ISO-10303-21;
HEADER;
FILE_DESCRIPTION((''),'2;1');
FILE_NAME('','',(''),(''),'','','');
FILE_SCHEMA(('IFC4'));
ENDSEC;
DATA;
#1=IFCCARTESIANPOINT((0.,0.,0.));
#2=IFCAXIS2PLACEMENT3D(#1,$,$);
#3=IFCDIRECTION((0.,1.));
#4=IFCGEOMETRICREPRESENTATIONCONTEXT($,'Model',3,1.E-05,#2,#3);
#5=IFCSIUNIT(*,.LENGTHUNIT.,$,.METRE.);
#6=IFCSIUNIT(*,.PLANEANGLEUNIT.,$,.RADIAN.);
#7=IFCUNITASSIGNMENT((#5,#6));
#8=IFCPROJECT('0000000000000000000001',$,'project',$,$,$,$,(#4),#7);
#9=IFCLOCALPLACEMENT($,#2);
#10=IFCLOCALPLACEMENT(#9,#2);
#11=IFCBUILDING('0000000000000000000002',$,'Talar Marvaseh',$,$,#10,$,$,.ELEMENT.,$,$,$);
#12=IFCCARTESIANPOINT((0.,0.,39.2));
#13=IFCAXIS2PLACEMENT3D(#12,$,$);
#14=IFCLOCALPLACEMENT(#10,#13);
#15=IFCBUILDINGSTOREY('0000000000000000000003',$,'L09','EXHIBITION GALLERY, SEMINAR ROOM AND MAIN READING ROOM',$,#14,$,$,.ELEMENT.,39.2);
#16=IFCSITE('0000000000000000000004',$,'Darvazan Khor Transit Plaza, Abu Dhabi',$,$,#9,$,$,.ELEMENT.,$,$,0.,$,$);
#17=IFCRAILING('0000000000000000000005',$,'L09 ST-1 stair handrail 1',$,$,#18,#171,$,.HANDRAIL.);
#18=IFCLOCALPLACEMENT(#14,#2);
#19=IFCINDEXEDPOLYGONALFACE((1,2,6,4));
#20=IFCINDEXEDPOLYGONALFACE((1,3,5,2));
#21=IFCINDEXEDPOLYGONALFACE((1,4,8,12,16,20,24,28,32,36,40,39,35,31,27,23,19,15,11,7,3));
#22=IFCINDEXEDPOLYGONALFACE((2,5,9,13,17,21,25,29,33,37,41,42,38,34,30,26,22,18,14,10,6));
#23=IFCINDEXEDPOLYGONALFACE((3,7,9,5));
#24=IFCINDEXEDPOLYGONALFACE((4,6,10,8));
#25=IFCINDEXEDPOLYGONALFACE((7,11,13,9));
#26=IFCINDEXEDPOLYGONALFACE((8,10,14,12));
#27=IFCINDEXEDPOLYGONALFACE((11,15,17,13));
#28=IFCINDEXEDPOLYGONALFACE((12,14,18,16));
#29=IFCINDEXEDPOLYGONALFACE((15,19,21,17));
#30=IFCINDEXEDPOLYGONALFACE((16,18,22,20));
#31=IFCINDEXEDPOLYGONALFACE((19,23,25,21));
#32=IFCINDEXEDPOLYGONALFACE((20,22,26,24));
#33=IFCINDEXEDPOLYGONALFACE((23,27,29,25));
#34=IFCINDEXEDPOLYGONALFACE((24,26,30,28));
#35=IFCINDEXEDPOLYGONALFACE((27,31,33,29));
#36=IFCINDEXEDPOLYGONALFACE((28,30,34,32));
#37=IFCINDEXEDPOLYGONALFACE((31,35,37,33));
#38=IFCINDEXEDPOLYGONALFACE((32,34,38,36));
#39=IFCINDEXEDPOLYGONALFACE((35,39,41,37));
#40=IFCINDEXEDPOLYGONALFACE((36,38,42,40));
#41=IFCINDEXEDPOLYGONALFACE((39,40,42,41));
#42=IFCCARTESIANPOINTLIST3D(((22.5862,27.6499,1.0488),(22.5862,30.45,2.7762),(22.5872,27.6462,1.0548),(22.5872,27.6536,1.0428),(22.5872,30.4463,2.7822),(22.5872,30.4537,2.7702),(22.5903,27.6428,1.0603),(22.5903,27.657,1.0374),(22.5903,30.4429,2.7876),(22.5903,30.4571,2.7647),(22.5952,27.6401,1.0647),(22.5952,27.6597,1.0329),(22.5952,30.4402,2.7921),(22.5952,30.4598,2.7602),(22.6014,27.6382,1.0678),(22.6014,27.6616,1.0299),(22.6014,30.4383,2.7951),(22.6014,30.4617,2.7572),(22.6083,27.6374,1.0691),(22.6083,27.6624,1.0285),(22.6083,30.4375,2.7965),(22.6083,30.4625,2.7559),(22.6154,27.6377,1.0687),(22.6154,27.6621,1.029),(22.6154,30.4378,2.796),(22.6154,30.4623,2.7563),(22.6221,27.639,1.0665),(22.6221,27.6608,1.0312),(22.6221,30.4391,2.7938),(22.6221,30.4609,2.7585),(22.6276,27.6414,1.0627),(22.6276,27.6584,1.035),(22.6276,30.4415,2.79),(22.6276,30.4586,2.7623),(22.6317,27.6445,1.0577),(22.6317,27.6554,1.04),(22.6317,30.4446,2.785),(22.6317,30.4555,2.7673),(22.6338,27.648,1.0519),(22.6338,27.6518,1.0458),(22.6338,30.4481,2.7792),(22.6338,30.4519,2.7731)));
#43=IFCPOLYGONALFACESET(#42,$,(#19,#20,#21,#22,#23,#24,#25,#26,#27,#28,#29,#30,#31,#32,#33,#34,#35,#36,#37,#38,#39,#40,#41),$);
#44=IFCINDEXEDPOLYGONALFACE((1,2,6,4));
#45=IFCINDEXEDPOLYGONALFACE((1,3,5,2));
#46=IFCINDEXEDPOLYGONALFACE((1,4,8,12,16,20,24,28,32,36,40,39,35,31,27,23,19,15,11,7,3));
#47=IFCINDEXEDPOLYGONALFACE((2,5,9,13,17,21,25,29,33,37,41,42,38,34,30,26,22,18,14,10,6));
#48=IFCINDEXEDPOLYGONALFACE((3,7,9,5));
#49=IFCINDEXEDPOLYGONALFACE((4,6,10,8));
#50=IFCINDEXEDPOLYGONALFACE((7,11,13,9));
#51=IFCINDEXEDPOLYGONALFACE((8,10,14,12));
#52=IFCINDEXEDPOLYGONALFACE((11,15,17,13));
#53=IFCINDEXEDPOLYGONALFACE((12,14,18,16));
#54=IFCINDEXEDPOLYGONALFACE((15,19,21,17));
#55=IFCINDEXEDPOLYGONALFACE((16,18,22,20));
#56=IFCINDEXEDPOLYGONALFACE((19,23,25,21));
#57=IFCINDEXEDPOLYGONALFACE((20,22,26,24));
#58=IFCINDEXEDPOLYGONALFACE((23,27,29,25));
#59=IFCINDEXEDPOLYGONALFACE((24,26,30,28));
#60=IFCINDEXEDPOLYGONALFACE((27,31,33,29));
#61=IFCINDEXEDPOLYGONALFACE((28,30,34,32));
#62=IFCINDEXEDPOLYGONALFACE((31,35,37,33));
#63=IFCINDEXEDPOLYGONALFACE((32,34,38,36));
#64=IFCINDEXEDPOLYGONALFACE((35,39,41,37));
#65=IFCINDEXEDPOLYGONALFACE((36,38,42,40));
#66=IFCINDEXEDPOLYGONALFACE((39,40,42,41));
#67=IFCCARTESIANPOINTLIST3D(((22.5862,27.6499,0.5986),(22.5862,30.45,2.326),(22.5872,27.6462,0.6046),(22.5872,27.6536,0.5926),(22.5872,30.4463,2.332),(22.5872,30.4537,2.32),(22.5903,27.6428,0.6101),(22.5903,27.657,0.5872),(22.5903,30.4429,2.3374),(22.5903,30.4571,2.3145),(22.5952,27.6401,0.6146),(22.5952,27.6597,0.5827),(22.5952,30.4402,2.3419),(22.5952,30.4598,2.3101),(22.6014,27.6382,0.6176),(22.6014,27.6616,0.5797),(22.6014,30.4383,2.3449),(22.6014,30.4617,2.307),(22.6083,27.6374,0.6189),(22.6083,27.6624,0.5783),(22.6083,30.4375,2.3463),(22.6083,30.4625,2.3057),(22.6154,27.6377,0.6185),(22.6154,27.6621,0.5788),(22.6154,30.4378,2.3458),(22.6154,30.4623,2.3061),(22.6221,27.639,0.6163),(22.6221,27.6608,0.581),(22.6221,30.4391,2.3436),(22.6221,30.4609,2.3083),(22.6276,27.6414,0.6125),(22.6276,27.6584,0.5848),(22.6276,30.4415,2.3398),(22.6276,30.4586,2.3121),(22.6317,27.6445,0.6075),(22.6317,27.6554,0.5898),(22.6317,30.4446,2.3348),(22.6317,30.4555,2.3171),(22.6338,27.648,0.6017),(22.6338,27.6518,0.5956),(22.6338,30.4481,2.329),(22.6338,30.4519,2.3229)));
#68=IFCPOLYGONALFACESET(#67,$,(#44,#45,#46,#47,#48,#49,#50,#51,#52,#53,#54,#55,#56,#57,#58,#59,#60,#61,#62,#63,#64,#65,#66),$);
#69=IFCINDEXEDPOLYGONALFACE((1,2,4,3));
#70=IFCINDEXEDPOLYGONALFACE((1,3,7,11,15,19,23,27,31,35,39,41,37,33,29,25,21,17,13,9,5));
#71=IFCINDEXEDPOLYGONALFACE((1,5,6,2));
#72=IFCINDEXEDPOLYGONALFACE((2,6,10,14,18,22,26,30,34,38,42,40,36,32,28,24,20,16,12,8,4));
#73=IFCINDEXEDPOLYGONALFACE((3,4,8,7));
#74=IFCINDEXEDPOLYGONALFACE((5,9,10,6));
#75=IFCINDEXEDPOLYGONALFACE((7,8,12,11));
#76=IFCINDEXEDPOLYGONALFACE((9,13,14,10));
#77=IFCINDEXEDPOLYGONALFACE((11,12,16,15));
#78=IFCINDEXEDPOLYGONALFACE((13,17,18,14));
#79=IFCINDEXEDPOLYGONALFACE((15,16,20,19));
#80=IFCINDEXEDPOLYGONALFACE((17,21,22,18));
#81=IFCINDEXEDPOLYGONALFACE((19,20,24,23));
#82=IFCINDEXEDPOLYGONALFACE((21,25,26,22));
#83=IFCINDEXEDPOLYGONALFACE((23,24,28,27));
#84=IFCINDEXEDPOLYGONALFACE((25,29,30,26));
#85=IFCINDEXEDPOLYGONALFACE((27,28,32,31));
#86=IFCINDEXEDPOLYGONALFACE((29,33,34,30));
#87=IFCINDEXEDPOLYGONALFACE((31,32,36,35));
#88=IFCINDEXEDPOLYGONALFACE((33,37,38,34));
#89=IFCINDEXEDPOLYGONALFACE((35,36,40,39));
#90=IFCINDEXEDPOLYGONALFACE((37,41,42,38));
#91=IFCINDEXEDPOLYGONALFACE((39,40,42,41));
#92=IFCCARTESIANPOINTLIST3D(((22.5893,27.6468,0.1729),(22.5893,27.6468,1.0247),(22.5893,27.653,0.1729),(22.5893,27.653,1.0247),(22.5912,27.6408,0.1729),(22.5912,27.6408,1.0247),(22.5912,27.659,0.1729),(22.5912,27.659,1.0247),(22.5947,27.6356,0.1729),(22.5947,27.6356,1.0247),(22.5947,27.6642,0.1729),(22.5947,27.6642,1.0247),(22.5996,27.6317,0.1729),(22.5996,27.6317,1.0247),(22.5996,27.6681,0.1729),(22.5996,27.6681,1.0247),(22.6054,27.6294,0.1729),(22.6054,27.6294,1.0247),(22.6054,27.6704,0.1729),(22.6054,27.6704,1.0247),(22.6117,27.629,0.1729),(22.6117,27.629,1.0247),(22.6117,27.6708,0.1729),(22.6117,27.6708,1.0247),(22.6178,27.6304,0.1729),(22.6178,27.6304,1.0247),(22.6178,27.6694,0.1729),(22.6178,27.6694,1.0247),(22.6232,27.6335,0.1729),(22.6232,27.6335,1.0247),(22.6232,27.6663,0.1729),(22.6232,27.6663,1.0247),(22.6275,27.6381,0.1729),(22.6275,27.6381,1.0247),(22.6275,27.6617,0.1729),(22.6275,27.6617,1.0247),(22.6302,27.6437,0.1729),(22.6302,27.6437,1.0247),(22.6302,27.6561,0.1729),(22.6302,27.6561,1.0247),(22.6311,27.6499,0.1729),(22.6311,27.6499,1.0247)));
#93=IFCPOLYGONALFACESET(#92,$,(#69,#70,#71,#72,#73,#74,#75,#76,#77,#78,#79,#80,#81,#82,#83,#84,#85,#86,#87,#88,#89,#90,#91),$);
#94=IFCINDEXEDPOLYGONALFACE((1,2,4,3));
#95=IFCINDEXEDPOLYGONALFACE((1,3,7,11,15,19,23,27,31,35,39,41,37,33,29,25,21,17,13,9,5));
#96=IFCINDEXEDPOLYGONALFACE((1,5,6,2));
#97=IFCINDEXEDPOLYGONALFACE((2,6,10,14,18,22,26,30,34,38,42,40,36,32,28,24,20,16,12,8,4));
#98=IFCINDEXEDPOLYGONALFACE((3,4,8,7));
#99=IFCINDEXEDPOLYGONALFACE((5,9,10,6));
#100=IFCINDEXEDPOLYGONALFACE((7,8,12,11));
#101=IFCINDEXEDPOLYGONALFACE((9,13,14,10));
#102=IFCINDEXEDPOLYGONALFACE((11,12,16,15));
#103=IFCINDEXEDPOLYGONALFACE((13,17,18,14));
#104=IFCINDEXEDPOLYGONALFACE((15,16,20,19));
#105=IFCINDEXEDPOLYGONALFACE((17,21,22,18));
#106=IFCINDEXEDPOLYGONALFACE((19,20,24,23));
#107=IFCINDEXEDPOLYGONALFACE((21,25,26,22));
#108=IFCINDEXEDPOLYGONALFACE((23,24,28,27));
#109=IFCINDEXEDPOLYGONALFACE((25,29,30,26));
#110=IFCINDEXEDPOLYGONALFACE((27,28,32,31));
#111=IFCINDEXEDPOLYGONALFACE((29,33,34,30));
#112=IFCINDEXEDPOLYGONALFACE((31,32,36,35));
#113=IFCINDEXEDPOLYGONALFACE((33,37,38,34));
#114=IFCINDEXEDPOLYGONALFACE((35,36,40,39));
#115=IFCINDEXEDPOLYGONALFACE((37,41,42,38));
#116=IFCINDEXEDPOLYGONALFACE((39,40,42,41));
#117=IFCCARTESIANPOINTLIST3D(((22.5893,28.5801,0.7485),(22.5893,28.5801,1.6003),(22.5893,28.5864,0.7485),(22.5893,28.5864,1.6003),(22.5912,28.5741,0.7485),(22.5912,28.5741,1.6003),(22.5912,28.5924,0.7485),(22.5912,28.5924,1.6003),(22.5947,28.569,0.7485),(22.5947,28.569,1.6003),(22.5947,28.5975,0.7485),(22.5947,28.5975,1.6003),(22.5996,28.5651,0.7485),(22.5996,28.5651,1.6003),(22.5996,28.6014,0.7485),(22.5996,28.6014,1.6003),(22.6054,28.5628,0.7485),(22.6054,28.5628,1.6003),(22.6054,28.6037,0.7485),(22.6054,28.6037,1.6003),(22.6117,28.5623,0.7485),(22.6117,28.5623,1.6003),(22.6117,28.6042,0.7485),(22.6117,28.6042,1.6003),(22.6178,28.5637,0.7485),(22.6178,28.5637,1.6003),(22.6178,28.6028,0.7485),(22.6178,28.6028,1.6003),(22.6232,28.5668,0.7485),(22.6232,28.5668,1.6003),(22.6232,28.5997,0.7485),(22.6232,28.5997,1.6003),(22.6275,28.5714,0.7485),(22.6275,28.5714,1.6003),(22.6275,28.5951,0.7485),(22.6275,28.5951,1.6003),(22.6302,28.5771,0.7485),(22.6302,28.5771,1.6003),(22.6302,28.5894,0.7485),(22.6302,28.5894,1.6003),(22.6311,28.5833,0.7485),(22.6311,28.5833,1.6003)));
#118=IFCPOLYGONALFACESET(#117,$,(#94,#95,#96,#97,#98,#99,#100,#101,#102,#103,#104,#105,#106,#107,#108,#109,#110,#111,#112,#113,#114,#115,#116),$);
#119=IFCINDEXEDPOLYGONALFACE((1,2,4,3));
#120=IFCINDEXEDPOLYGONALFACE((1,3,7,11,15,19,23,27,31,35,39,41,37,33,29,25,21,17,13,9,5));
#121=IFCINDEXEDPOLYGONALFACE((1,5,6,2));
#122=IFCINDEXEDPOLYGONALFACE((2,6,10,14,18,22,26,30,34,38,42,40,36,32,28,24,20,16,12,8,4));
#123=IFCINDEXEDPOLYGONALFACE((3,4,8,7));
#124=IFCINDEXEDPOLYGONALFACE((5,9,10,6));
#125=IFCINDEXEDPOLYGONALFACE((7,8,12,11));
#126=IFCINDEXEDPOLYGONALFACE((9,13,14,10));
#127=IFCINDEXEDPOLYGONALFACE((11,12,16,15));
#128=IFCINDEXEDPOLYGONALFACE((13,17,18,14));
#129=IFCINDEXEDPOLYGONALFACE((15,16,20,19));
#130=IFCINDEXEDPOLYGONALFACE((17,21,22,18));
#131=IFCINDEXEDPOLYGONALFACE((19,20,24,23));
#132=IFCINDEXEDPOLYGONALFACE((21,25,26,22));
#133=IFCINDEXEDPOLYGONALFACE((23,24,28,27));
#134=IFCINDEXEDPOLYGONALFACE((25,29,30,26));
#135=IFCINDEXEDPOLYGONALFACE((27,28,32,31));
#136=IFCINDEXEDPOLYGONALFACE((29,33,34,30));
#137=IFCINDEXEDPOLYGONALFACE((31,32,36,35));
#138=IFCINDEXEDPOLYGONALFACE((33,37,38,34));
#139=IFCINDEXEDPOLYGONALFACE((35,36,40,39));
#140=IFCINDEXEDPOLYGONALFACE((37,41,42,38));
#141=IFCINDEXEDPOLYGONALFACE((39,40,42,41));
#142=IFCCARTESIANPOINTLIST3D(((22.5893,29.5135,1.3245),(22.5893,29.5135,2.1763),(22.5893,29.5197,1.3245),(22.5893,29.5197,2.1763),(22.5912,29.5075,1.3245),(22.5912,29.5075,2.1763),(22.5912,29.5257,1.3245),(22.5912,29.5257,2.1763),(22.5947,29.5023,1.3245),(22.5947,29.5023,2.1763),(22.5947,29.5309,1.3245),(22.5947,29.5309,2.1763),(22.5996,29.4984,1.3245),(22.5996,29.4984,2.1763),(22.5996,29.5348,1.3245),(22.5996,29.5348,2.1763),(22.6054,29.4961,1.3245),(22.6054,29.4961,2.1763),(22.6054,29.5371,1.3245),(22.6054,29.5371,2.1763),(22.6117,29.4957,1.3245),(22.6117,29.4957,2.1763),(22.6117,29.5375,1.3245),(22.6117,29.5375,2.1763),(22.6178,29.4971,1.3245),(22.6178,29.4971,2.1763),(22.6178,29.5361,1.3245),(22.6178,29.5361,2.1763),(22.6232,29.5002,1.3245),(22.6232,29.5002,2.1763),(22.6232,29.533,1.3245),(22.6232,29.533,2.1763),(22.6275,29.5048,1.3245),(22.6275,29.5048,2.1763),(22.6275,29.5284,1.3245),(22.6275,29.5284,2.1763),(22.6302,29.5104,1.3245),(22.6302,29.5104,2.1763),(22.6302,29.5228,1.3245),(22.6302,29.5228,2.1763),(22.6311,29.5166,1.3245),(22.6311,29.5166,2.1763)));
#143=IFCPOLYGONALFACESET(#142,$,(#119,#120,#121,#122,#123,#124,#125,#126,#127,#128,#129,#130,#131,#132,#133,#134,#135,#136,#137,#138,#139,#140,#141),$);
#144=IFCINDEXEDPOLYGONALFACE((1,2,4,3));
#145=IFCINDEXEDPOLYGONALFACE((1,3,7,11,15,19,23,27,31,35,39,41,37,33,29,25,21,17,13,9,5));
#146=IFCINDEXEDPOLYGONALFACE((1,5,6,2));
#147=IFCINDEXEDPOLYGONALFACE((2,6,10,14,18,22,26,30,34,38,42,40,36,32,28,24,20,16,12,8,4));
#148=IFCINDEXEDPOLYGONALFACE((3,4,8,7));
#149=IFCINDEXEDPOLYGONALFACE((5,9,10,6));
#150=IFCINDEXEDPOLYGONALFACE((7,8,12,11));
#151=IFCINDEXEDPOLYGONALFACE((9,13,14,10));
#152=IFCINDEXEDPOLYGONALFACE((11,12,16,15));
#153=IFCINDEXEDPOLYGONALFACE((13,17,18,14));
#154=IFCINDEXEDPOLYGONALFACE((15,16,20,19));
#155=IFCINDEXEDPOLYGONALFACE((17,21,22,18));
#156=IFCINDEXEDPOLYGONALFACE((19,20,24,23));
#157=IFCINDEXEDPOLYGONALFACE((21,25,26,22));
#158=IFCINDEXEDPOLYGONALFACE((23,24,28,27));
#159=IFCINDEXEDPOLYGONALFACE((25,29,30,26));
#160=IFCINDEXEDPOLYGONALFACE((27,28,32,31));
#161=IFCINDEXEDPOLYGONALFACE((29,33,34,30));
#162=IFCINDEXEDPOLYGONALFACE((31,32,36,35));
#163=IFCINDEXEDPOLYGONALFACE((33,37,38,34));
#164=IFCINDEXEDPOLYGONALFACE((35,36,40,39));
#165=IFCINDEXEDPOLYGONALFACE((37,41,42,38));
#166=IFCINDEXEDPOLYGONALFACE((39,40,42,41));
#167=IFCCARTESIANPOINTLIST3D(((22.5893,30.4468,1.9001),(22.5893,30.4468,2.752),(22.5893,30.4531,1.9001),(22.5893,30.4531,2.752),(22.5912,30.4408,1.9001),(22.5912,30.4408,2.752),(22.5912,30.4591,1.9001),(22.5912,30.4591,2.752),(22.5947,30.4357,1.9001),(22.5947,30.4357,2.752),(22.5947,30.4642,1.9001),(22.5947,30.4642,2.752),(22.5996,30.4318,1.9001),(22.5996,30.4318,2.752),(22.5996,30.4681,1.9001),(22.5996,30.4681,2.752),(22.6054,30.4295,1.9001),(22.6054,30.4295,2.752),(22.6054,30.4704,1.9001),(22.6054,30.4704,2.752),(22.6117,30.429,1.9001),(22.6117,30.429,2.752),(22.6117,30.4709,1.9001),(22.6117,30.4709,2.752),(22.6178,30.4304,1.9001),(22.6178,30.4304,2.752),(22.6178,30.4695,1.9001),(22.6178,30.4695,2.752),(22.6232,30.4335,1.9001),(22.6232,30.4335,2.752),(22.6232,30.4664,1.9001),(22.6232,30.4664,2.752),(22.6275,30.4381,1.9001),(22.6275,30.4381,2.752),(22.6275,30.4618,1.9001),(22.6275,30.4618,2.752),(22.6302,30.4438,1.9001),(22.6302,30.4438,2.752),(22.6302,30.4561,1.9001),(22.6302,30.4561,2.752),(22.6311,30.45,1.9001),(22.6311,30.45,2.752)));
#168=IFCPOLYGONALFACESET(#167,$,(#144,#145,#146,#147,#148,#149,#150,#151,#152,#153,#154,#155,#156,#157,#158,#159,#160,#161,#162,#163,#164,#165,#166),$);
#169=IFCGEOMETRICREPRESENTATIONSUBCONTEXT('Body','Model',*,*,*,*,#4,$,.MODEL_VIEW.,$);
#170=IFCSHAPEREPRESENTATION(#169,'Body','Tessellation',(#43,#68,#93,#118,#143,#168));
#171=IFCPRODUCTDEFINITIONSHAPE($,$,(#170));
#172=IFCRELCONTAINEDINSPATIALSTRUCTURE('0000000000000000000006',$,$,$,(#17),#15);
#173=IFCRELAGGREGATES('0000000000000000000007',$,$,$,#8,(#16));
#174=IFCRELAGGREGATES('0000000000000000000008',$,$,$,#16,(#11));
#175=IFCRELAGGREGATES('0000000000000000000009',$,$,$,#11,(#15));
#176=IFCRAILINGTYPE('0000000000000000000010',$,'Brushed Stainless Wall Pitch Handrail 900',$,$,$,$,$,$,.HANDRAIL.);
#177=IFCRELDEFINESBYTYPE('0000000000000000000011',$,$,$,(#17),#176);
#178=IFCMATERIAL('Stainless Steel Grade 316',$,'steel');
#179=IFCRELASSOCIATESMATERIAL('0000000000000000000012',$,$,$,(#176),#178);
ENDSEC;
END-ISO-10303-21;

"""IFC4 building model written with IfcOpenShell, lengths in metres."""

from ifc_helpers import new_model, si_unit, direction, frame, origin, origin_2d, place, context, subcontext, project, spatial, circle, extrude, material, type_object, element, save


model = new_model("IFC4")

# Units and contexts
model_context = context("Model", 3, precision=1e-05, world=origin(), true_north=direction((0.0, 1.0)))
body_context = subcontext(model_context, "Body", "Model", "MODEL_VIEW")
ifc_project = project(units=[si_unit("LENGTHUNIT", "METRE"), si_unit("PLANEANGLEUNIT", "RADIAN")], contexts=[model_context])

# Site, building, storey
site_placement = place(None, origin())
site = spatial("IfcSite", under=ifc_project, at=site_placement, Name="Darvazan Khor Transit Plaza, Abu Dhabi", CompositionType="ELEMENT", RefElevation=0.0)
building_placement = place(site_placement, origin())
building = spatial("IfcBuilding", under=site, at=building_placement, Name="Talar Marvaseh", CompositionType="ELEMENT")
storey_placement = place(building_placement, frame((0.0, 0.0, 39.2)))
storey = spatial("IfcBuildingStorey", under=building, at=storey_placement, Name="L09", Description="EXHIBITION GALLERY, SEMINAR ROOM AND MAIN READING ROOM", CompositionType="ELEMENT", Elevation=39.2)

# Railing
ifc_material_1 = material(Name="Stainless Steel Grade 316", Category="steel")
railing_type_1 = type_object("IfcRailingType", Name="Brushed Stainless Wall Pitch Handrail 900", PredefinedType="HANDRAIL", material=ifc_material_1)
railing_1_placement = place(storey_placement, frame((22.6101, 27.6499, 0.1729)))
element("IfcRailing", 1, at=railing_1_placement, inside=storey, type_object=railing_type_1, Name="L09 ST-1 stair handrail 1", PredefinedType="HANDRAIL", context=body_context, shape_type="SweptSolid", body=[
    extrude(circle(Radius=0.0239, at=origin_2d()), frame((0.0, 0.0, 0.876), z_axis=(0.0, 0.85109, 0.52502), x_axis=(-1.0, 0.0, 0.0)), (0.0, 0.0, 1.0), 3.29),
    extrude(circle(Radius=0.0239, at=origin_2d()), frame((0.0, 0.0, 0.4258), z_axis=(0.0, 0.85109, 0.52502), x_axis=(-1.0, 0.0, 0.0)), (0.0, 0.0, 1.0), 3.29),
    extrude(circle(Radius=0.021, at=origin_2d()), origin(), (0.0, 0.0, 1.0), 0.8518),
    extrude(circle(Radius=0.021, at=origin_2d()), frame((0.0, 0.9333, 0.5757)), (0.0, 0.0, 1.0), 0.8518),
    extrude(circle(Radius=0.021, at=origin_2d()), frame((0.0, 1.8667, 1.1516)), (0.0, 0.0, 1.0), 0.8518),
    extrude(circle(Radius=0.021, at=origin_2d()), frame((0.0, 2.8, 1.7273)), (0.0, 0.0, 1.0), 0.8518),
])

save(model, "model.ifc")
